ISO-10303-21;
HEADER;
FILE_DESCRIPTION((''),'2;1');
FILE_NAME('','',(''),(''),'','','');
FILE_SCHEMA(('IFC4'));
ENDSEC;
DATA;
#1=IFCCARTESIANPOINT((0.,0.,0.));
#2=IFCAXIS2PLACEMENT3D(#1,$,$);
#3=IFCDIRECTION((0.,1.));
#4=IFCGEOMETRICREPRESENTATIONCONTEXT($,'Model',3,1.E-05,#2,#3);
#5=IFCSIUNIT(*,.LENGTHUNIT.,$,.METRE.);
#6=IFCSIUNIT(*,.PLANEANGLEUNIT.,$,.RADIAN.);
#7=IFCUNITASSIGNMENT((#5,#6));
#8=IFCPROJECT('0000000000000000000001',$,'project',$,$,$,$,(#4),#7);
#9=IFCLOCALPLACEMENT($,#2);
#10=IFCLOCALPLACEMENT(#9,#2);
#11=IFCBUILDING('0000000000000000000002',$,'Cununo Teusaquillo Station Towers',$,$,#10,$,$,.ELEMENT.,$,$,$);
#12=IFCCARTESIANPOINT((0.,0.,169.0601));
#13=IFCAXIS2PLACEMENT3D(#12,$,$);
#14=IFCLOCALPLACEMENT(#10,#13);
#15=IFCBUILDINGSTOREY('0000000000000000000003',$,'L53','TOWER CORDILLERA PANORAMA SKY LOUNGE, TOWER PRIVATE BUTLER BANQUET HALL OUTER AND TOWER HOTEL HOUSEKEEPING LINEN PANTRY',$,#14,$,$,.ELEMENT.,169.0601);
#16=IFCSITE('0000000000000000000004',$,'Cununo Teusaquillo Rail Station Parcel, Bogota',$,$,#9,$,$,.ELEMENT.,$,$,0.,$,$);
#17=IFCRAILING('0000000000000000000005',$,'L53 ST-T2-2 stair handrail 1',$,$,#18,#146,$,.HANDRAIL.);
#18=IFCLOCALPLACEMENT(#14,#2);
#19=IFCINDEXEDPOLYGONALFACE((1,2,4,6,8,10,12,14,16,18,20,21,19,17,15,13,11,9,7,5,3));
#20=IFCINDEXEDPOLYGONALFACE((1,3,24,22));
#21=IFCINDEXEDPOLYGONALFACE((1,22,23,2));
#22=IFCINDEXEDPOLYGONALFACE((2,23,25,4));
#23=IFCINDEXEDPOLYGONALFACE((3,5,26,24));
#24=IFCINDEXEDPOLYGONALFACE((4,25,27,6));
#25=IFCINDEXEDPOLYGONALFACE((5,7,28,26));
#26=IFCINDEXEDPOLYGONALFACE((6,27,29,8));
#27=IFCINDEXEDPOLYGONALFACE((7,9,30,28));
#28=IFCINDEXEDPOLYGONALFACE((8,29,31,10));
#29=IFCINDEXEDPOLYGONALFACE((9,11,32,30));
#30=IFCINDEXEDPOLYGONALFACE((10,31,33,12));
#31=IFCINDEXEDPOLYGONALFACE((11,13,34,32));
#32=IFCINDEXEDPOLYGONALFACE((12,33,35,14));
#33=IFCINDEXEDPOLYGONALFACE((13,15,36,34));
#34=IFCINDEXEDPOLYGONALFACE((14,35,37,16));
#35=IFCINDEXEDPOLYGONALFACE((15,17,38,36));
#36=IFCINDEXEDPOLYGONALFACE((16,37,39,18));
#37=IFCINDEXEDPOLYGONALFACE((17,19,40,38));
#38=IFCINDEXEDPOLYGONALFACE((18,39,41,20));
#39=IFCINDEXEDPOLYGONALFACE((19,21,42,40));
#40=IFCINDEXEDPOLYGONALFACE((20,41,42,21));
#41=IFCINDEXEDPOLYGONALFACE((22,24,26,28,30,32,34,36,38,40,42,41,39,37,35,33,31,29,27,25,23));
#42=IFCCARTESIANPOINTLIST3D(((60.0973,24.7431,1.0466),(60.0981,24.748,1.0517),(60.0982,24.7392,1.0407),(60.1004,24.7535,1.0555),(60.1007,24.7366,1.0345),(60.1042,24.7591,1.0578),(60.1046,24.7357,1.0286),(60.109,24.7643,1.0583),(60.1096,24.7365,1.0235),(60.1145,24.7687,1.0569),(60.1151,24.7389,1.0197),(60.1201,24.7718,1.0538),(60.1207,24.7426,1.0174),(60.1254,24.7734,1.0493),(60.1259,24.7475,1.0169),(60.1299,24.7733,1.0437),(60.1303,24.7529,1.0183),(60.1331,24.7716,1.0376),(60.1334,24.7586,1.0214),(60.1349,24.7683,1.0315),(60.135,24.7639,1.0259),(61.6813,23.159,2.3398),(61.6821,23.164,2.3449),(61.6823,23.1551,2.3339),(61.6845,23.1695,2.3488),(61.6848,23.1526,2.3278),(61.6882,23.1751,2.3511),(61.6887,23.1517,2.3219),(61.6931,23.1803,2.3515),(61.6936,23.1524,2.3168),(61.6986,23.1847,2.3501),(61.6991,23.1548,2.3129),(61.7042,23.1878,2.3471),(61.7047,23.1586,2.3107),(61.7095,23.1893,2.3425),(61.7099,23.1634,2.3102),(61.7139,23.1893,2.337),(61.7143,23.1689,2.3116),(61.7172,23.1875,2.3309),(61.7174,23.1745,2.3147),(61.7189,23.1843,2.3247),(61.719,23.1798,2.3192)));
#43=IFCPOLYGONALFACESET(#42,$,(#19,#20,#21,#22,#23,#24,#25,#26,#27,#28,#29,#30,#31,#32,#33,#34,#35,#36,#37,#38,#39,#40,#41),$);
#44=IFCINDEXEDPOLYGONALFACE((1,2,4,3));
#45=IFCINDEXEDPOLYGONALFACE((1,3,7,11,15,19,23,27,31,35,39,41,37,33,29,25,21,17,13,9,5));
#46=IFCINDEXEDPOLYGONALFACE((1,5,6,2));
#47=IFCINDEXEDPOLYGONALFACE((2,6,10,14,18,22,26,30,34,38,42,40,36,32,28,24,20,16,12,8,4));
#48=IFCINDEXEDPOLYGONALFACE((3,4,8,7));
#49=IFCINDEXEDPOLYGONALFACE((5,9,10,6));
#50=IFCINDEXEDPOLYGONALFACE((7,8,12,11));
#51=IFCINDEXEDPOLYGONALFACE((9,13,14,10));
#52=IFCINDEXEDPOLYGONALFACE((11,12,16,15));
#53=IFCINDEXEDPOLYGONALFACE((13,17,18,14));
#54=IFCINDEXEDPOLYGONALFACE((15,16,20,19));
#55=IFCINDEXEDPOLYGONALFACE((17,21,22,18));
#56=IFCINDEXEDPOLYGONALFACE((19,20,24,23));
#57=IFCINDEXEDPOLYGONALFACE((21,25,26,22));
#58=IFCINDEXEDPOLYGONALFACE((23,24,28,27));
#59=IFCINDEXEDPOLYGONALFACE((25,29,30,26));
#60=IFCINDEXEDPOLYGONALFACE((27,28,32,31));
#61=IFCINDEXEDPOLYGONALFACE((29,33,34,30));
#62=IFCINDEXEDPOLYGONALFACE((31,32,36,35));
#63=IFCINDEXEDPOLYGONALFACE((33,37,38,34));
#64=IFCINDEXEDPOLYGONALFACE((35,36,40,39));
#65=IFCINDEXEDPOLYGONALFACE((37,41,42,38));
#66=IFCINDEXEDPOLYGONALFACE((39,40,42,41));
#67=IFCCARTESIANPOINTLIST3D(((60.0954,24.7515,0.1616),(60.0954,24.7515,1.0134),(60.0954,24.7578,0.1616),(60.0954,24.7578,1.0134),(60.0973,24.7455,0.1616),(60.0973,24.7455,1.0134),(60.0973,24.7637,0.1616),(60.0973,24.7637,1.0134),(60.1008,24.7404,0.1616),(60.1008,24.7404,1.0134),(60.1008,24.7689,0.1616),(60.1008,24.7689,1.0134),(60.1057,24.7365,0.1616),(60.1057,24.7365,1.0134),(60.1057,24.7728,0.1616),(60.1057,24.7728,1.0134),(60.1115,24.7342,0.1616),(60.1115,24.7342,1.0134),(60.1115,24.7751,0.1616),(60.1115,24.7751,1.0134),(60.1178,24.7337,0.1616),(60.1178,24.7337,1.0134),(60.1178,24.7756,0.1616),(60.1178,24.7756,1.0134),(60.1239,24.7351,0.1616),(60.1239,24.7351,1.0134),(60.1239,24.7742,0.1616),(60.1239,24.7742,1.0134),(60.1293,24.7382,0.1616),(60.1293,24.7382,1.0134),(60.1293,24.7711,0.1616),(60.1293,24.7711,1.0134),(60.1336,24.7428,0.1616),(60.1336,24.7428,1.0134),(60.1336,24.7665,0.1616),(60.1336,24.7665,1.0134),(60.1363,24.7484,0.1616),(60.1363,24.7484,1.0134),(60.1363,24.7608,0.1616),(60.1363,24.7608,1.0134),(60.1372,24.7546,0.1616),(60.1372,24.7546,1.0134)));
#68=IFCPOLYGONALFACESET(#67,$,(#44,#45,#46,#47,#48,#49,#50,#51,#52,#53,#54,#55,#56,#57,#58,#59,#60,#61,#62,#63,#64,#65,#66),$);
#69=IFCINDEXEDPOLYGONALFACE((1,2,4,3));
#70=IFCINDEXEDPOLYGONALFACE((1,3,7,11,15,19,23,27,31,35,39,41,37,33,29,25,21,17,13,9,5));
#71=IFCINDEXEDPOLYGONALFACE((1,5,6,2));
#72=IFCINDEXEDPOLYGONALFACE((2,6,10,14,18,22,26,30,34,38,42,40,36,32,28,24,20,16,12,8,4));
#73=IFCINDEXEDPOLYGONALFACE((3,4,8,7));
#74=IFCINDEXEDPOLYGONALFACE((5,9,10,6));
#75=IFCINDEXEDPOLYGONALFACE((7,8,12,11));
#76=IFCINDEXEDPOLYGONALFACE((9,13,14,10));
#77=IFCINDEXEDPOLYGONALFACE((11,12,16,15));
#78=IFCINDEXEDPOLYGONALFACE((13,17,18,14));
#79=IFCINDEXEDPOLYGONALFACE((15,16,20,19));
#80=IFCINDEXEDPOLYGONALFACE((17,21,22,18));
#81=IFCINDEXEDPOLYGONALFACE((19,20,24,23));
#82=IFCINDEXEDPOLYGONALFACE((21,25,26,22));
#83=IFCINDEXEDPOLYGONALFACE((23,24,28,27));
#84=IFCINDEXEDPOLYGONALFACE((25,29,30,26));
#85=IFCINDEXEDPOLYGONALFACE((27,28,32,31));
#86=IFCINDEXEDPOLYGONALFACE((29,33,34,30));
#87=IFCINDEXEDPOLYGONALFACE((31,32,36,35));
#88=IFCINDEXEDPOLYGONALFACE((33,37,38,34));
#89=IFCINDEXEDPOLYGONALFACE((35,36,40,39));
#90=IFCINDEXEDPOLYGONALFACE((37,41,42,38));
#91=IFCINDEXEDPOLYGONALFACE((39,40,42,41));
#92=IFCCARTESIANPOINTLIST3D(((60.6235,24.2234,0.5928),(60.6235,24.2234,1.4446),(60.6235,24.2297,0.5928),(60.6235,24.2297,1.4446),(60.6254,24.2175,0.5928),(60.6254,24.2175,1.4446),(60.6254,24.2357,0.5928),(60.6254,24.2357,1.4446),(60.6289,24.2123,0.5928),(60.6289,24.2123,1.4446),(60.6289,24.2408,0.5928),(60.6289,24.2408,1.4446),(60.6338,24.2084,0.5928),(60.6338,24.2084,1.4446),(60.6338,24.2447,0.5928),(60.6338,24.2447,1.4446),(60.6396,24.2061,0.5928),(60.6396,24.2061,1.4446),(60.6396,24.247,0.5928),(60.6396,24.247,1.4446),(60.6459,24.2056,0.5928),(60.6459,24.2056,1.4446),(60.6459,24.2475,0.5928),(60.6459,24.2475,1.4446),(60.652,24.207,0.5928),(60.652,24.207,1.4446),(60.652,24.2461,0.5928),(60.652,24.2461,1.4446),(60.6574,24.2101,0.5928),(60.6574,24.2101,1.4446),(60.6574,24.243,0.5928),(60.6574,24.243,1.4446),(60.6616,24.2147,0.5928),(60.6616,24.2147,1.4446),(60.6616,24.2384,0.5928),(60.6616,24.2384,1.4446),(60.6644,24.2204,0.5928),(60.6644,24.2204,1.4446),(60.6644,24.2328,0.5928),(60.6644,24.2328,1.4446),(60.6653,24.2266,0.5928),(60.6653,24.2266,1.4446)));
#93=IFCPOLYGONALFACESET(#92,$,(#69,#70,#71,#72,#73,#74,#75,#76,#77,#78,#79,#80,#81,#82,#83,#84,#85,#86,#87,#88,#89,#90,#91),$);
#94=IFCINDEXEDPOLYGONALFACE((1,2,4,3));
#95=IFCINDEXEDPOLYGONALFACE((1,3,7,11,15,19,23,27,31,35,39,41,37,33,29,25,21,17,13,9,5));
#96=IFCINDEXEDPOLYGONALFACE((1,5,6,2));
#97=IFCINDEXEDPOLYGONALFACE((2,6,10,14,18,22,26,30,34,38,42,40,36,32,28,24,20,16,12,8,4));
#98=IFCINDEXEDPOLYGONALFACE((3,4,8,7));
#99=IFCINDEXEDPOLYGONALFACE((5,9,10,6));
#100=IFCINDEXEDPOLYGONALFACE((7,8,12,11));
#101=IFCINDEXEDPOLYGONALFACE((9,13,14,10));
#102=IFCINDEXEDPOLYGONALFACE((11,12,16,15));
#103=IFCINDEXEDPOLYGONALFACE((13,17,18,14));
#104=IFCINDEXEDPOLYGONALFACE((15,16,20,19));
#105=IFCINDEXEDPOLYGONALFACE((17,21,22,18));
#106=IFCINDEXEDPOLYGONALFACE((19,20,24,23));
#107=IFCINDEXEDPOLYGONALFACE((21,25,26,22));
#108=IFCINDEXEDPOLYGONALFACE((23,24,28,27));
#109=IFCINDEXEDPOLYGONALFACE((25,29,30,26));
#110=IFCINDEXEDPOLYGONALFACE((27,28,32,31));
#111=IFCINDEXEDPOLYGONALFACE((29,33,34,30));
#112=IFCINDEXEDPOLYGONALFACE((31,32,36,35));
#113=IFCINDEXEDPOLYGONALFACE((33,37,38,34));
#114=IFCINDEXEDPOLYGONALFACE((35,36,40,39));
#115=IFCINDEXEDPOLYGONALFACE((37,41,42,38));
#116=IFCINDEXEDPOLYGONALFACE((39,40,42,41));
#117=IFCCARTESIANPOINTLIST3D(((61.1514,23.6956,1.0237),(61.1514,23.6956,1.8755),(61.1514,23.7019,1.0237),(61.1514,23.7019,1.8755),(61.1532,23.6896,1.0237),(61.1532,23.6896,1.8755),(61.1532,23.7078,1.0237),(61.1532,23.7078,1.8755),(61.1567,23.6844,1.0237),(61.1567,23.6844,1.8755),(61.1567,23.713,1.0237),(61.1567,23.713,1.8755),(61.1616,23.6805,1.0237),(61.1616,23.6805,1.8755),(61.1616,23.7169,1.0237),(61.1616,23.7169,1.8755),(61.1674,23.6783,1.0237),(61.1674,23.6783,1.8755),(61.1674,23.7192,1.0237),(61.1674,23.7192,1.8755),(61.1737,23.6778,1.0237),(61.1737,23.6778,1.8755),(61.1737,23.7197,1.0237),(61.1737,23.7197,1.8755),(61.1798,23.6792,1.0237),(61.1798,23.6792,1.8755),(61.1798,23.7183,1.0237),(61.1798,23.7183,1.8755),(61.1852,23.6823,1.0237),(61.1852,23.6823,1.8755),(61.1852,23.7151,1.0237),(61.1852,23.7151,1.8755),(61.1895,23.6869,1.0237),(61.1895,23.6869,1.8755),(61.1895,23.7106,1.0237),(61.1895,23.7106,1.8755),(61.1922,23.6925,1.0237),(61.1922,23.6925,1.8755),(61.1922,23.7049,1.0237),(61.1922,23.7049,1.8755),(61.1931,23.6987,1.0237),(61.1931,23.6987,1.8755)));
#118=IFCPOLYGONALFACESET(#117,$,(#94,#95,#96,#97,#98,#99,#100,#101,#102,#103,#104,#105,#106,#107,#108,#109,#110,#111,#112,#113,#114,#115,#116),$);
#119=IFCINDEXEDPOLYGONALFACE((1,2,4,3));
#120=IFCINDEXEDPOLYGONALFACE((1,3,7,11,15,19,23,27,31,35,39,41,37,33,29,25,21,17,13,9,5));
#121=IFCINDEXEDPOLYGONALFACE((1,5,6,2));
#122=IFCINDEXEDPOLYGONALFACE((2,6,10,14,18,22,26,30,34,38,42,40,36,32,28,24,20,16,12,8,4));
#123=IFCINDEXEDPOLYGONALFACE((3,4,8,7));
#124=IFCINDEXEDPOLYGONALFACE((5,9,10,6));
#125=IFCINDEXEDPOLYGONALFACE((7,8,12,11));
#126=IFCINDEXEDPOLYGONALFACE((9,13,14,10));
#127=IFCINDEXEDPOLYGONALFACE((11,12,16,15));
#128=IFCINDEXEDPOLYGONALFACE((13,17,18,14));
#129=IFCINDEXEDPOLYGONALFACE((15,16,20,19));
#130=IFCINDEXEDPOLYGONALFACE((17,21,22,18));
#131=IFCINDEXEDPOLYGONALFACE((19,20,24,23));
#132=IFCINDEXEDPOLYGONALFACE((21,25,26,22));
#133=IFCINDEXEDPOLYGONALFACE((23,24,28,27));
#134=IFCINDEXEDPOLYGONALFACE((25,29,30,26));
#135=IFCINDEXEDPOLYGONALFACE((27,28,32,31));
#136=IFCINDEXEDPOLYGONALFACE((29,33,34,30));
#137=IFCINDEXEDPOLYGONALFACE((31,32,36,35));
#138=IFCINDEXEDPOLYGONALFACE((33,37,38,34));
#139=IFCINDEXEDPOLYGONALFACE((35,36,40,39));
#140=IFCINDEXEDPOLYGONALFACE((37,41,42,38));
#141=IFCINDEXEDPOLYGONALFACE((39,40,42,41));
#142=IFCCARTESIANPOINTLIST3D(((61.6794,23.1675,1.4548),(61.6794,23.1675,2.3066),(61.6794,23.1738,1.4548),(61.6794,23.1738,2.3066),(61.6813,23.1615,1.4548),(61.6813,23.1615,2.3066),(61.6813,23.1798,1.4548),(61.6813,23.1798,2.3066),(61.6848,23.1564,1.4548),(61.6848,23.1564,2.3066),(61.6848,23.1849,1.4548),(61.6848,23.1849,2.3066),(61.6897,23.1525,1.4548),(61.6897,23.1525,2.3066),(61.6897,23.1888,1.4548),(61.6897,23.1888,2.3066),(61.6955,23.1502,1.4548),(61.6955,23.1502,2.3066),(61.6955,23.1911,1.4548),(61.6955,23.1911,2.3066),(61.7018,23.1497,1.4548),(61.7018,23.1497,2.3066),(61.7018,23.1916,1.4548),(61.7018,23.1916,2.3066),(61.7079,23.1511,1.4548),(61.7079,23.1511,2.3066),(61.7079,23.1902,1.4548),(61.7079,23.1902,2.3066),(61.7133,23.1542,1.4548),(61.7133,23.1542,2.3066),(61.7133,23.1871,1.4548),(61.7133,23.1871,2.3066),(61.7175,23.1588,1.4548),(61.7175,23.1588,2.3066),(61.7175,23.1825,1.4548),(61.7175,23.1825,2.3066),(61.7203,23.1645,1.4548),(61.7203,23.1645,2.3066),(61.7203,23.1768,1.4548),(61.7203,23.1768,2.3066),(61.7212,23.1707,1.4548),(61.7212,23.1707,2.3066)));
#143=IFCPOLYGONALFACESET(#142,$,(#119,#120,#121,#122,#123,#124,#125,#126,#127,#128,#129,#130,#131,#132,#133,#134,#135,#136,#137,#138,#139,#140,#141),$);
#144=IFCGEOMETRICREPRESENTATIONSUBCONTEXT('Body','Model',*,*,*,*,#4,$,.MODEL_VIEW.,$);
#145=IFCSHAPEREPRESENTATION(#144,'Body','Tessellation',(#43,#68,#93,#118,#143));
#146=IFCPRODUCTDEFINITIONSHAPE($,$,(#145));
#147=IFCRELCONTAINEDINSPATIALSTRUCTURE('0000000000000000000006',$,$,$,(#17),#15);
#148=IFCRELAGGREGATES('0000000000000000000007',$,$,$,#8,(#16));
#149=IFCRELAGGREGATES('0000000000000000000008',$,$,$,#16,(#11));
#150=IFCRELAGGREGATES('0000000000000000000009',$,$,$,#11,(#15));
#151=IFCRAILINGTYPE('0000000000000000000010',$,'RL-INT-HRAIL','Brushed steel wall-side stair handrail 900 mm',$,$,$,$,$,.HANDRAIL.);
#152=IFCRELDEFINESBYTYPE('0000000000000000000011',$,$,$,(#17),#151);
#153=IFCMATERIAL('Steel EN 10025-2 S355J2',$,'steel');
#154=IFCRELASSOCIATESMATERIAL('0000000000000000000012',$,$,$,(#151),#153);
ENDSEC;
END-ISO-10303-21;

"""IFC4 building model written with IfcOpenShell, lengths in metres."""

from ifc_helpers import new_model, si_unit, direction, frame, origin, origin_2d, place, context, subcontext, project, spatial, circle, extrude, material, type_object, element, save


model = new_model("IFC4")

# Units and contexts
model_context = context("Model", 3, precision=1e-05, world=origin(), true_north=direction((0.0, 1.0)))
body_context = subcontext(model_context, "Body", "Model", "MODEL_VIEW")
ifc_project = project(units=[si_unit("LENGTHUNIT", "METRE"), si_unit("PLANEANGLEUNIT", "RADIAN")], contexts=[model_context])

# Site, building, storey
site_placement = place(None, origin())
site = spatial("IfcSite", under=ifc_project, at=site_placement, Name="Cununo Teusaquillo Rail Station Parcel, Bogota", CompositionType="ELEMENT", RefElevation=0.0)
building_placement = place(site_placement, origin())
building = spatial("IfcBuilding", under=site, at=building_placement, Name="Cununo Teusaquillo Station Towers", CompositionType="ELEMENT")
storey_placement = place(building_placement, frame((0.0, 0.0, 169.0601)))
storey = spatial("IfcBuildingStorey", under=building, at=storey_placement, Name="L53", Description="TOWER CORDILLERA PANORAMA SKY LOUNGE, TOWER PRIVATE BUTLER BANQUET HALL OUTER AND TOWER HOTEL HOUSEKEEPING LINEN PANTRY", CompositionType="ELEMENT", Elevation=169.0601)

# Railing
ifc_material_1 = material(Name="Steel EN 10025-2 S355J2", Category="steel")
railing_type_1 = type_object("IfcRailingType", Name="RL-INT-HRAIL", Description="Brushed steel wall-side stair handrail 900 mm", PredefinedType="HANDRAIL", material=ifc_material_1)
railing_1_placement = place(storey_placement, frame((60.1162, 24.7546, 0.1616)))
element("IfcRailing", 1, at=railing_1_placement, inside=storey, type_object=railing_type_1, Name="L53 ST-T2-2 stair handrail 1", PredefinedType="HANDRAIL", context=body_context, shape_type="SweptSolid", body=[
    extrude(circle(Radius=0.0239, at=origin_2d()), frame((0.0, 0.0, 0.876), z_axis=(0.612385, -0.612385, 0.49997), x_axis=(0.707107, 0.707107, 0.0)), (0.0, 0.0, 1.0), 2.5867),
    extrude(circle(Radius=0.021, at=origin_2d()), origin(), (0.0, 0.0, 1.0), 0.8518),
    extrude(circle(Radius=0.021, at=origin_2d()), frame((0.5281, -0.5281, 0.4312)), (0.0, 0.0, 1.0), 0.8518),
    extrude(circle(Radius=0.021, at=origin_2d()), frame((1.0559, -1.0559, 0.8621)), (0.0, 0.0, 1.0), 0.8518),
    extrude(circle(Radius=0.021, at=origin_2d()), frame((1.584, -1.584, 1.2932)), (0.0, 0.0, 1.0), 0.8518),
])

save(model, "model.ifc")
